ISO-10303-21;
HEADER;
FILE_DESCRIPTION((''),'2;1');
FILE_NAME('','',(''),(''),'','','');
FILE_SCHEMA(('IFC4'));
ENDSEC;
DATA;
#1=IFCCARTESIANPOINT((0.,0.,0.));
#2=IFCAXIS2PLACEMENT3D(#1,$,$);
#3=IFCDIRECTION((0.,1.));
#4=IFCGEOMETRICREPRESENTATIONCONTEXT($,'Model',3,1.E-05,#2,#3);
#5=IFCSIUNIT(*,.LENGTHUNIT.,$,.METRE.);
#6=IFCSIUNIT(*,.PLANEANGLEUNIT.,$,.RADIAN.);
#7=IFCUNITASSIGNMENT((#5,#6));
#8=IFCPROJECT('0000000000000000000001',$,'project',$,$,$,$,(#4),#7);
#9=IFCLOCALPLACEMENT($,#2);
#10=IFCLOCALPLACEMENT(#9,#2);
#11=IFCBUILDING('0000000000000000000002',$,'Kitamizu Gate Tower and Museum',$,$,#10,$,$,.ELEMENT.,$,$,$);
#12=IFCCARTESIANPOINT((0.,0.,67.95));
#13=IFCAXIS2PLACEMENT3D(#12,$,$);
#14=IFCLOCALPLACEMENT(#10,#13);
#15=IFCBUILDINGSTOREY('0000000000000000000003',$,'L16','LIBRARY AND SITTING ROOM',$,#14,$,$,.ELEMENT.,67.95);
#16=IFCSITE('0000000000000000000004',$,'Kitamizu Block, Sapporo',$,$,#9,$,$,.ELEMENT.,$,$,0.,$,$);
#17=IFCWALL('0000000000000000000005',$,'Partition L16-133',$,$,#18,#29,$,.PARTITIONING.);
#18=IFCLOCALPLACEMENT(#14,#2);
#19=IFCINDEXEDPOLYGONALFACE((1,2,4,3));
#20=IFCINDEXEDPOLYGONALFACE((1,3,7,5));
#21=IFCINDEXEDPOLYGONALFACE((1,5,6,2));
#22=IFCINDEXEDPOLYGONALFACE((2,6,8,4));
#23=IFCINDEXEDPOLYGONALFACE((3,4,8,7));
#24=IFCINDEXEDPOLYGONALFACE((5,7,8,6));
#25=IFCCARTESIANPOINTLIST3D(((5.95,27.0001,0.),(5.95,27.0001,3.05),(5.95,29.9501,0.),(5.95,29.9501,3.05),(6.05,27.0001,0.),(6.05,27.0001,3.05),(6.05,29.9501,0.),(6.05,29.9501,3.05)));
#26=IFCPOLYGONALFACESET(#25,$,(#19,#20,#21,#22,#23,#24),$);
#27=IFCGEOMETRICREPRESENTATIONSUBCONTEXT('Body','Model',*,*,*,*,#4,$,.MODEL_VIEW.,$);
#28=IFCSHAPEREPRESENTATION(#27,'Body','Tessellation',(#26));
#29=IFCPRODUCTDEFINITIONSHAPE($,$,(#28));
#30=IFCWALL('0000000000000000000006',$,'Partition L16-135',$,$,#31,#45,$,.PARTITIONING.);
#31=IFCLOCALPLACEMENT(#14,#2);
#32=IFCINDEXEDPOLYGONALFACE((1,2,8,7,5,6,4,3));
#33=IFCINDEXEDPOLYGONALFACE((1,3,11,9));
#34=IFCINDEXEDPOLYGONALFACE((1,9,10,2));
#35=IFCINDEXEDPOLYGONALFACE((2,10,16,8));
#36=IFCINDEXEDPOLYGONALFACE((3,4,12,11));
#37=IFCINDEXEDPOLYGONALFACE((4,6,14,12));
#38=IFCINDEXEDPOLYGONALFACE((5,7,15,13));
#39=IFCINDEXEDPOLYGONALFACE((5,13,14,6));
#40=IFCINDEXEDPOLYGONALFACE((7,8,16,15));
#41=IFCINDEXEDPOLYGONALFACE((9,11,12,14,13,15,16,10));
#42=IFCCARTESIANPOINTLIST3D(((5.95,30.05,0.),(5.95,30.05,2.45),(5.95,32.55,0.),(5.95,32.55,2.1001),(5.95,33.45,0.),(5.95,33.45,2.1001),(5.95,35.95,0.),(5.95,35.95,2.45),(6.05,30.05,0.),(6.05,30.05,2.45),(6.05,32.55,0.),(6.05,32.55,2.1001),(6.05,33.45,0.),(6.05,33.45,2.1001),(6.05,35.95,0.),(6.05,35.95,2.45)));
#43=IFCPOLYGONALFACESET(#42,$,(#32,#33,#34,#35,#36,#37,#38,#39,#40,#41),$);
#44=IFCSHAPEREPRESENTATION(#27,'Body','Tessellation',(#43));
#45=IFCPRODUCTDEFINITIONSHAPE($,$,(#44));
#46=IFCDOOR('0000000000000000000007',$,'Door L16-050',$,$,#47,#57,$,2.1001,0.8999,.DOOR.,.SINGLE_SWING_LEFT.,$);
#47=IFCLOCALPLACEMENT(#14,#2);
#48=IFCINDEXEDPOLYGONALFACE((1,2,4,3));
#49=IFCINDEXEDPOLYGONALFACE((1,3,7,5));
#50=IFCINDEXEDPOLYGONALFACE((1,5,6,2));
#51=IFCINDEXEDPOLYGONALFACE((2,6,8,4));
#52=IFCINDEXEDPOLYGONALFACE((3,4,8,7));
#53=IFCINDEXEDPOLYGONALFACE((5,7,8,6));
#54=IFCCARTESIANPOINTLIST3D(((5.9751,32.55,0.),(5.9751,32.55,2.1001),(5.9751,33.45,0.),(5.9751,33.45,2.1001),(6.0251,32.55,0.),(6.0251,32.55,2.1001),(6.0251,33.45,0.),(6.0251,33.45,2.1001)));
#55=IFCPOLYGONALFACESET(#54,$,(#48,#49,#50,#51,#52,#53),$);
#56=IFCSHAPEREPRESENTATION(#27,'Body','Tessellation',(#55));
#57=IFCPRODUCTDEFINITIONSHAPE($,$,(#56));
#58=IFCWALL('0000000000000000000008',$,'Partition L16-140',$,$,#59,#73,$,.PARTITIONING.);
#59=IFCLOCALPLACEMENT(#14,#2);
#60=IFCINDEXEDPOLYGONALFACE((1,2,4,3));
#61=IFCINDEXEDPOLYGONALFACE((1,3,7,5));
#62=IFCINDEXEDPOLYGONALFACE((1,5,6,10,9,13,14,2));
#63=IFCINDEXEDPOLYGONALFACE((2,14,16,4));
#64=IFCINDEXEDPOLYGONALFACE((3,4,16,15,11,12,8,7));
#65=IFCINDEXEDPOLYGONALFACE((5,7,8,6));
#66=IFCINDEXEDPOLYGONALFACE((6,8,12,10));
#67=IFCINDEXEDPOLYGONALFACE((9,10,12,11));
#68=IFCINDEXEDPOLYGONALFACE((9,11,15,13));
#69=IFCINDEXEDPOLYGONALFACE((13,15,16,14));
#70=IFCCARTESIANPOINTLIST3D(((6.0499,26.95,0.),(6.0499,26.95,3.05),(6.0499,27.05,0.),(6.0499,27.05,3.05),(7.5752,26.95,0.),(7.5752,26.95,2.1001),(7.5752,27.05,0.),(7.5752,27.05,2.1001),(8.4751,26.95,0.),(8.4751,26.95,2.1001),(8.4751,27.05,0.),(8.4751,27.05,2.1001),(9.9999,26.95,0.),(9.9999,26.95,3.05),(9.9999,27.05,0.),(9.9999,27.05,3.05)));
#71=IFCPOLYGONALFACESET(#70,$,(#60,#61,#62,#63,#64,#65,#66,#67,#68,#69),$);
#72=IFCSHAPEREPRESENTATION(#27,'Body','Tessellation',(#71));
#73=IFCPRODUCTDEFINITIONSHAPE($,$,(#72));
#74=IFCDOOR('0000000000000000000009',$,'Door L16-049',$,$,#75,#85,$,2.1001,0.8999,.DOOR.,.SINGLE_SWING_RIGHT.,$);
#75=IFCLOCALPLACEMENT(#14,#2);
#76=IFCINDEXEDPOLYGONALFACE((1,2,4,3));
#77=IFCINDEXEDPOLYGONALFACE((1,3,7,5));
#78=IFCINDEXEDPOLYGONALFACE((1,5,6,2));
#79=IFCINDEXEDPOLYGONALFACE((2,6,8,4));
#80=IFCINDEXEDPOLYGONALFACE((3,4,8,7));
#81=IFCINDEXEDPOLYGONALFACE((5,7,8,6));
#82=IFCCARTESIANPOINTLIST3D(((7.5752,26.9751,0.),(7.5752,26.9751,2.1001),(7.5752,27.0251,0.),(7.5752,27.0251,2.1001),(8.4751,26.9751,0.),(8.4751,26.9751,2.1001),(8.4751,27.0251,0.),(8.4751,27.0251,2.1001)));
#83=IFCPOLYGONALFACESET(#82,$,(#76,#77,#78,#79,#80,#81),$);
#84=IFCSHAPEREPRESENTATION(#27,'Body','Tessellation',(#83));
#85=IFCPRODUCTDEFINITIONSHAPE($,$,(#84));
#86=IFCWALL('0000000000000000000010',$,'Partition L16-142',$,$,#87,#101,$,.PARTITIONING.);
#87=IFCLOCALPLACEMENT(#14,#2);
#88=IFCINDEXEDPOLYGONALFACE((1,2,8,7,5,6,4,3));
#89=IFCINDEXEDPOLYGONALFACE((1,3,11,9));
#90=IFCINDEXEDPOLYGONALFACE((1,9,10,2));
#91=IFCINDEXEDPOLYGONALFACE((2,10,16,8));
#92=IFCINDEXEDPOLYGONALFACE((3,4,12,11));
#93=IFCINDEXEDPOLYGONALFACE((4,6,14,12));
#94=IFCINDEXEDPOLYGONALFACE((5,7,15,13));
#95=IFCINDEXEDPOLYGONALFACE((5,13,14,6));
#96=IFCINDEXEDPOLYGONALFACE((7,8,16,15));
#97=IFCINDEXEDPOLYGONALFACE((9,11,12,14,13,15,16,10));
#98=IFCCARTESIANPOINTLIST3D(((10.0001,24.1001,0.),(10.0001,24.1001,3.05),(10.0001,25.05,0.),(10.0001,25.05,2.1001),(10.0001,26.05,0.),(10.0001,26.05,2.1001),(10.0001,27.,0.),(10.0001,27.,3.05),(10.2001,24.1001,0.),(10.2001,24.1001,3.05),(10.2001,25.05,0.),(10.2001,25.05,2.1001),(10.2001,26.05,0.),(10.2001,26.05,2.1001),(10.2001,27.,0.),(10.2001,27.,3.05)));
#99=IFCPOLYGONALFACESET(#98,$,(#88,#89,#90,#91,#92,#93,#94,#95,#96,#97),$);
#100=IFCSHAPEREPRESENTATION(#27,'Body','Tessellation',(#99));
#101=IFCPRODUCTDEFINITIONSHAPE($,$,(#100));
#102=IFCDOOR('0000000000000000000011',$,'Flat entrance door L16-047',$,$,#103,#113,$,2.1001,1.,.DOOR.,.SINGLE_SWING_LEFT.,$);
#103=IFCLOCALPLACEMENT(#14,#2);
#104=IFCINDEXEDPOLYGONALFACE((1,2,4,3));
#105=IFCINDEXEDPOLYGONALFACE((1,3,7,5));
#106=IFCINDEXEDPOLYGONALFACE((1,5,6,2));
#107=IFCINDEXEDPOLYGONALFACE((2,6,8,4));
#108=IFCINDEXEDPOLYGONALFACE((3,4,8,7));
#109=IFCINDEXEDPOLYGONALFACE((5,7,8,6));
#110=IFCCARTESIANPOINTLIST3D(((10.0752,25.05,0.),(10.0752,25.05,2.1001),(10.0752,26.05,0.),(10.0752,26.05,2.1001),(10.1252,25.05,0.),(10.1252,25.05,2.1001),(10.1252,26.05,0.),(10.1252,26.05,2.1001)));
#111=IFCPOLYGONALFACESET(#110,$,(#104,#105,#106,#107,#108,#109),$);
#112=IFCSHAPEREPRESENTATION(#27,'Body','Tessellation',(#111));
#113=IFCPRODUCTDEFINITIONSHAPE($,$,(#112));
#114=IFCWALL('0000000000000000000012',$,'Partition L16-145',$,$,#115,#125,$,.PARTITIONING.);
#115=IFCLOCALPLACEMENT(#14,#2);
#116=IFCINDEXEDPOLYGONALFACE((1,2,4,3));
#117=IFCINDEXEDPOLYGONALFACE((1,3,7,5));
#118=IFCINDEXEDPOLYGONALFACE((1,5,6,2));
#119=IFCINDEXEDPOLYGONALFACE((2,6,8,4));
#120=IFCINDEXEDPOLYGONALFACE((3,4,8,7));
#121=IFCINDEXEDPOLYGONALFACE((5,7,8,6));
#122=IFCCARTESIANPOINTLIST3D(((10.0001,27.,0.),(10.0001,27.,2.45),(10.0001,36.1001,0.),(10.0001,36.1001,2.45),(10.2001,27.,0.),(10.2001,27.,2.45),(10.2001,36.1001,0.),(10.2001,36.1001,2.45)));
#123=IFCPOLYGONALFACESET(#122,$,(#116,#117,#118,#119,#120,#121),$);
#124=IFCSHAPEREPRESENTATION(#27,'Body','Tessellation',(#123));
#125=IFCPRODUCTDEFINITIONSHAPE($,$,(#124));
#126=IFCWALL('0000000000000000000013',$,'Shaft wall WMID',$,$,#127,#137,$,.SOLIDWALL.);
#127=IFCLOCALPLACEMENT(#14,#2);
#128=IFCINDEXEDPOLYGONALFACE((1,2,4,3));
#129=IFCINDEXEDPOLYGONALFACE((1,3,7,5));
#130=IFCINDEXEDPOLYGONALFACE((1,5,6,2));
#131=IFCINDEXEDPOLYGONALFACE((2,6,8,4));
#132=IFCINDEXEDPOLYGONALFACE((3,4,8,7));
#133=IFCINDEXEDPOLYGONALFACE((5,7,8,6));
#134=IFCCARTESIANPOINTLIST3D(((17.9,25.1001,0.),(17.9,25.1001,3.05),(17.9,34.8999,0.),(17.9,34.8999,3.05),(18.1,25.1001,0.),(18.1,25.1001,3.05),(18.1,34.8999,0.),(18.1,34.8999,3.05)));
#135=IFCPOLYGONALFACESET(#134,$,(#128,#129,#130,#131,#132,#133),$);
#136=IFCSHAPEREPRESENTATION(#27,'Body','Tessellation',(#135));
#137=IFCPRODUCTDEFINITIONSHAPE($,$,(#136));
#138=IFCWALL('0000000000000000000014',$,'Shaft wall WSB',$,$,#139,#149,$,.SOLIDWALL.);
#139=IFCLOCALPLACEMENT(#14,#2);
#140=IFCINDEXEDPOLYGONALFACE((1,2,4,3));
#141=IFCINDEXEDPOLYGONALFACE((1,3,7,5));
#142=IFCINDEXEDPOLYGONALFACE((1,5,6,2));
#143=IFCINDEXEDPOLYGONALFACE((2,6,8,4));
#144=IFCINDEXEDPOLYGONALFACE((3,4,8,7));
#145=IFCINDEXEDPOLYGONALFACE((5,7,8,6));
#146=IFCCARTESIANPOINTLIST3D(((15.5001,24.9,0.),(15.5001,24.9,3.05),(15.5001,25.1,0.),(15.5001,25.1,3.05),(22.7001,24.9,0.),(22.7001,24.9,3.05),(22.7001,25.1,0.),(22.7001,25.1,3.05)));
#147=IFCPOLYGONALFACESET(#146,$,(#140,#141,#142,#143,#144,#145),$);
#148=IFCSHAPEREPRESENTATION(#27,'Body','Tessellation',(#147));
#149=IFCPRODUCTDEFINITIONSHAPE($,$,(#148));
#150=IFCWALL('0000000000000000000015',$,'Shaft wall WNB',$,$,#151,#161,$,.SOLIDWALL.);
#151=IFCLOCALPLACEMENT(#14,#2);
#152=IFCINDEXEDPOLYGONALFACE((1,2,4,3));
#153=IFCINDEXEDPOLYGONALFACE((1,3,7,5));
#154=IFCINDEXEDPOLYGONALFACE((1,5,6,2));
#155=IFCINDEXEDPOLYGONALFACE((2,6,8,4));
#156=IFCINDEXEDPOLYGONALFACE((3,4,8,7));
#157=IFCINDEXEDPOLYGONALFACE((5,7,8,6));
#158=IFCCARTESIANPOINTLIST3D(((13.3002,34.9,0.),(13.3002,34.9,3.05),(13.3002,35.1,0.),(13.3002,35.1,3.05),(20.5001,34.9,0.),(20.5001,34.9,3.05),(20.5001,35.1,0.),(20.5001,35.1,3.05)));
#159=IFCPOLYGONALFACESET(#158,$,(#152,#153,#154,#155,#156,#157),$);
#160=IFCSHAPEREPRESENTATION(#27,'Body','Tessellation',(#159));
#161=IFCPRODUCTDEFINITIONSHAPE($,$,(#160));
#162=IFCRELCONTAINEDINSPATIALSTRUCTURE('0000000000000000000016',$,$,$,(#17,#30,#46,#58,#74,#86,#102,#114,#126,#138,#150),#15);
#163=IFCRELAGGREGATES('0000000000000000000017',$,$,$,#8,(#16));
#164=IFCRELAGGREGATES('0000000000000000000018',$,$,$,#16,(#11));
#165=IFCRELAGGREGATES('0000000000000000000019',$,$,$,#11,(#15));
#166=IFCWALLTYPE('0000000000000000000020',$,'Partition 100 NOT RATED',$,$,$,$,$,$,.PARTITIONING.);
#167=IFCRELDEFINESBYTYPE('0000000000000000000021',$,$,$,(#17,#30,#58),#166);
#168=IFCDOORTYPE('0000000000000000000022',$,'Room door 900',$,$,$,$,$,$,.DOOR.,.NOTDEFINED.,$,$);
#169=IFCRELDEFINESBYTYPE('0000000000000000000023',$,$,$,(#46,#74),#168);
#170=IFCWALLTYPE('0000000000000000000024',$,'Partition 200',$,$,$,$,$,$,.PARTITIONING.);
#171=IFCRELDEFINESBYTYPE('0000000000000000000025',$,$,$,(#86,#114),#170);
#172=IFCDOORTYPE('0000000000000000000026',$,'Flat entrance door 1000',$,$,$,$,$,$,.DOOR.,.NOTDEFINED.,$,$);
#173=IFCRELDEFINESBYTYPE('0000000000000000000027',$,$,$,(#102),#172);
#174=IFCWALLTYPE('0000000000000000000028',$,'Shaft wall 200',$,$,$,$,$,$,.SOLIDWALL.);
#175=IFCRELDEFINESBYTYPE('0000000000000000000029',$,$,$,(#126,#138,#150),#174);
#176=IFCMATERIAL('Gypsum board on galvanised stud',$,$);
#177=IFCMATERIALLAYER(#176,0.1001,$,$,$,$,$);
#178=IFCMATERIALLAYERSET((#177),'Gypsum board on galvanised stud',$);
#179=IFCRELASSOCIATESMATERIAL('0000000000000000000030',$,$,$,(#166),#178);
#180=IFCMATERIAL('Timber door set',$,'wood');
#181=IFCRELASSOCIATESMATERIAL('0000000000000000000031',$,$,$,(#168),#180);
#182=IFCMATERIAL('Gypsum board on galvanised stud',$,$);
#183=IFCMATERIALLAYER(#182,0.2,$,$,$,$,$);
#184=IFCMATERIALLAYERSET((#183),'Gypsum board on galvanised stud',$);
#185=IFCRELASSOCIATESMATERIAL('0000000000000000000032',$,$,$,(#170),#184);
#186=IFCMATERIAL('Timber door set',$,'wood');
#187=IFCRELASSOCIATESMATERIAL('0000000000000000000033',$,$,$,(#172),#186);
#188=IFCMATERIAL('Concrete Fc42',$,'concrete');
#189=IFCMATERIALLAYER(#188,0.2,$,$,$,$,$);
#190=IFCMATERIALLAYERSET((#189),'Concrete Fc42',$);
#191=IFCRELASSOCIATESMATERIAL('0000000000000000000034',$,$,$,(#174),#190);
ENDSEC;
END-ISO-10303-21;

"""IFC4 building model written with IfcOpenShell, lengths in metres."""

from ifc_helpers import new_model, si_unit, direction, frame, frame_2d, origin, place, context, subcontext, project, spatial, rectangle, extrude, material, layer, layer_set, type_object, element, fill, save


model = new_model("IFC4")

# Units and contexts
model_context = context("Model", 3, precision=1e-05, world=origin(), true_north=direction((0.0, 1.0)))
body_context = subcontext(model_context, "Body", "Model", "MODEL_VIEW")
ifc_project = project(units=[si_unit("LENGTHUNIT", "METRE"), si_unit("PLANEANGLEUNIT", "RADIAN")], contexts=[model_context])

# Site, building, storey
site_placement = place(None, origin())
site = spatial("IfcSite", under=ifc_project, at=site_placement, Name="Kitamizu Block, Sapporo", CompositionType="ELEMENT", RefElevation=0.0)
building_placement = place(site_placement, origin())
building = spatial("IfcBuilding", under=site, at=building_placement, Name="Kitamizu Gate Tower and Museum", CompositionType="ELEMENT")
storey_placement = place(building_placement, frame((0.0, 0.0, 67.95)))
storey = spatial("IfcBuildingStorey", under=building, at=storey_placement, Name="L16", Description="LIBRARY AND SITTING ROOM", CompositionType="ELEMENT", Elevation=67.95)

# Wall
ifc_material_1 = material(Name="Gypsum board on galvanised stud")
ifc_layer_1 = layer(ifc_material_1, 0.1001)
ifc_layer_set_1 = layer_set([ifc_layer_1], Name="Gypsum board on galvanised stud")
wall_type_1 = type_object("IfcWallType", Name="Partition 100 NOT RATED", PredefinedType="PARTITIONING", material=ifc_layer_set_1)
wall_1_placement = place(storey_placement, frame((6.0, 27.0, 0.0), z_axis=(0.0, 0.0, 1.0), x_axis=(0.0, 1.0, 0.0)))
element("IfcWall", 1, at=wall_1_placement, inside=storey, type_object=wall_type_1, Name="Partition L16-133", PredefinedType="PARTITIONING", context=body_context, shape_type="SweptSolid", body=[
    extrude(rectangle(XDim=2.95, YDim=0.1001, at=frame_2d((1.4751, 0.0))), origin(), (0.0, 0.0, 1.0), 3.05),
])

# Walls, openings, doors
wall_2_placement = place(storey_placement, frame((6.0, 30.05, 0.0), z_axis=(0.0, 0.0, 1.0), x_axis=(0.0, 1.0, 0.0)))
wall_2 = element("IfcWall", 2, at=wall_2_placement, inside=storey, type_object=wall_type_1, Name="Partition L16-135", PredefinedType="PARTITIONING", context=body_context, shape_type="SweptSolid", body=[
    extrude(rectangle(XDim=5.8999, YDim=0.1001, at=frame_2d((2.95, 0.0))), origin(), (0.0, 0.0, 1.0), 2.45),
])
opening_1_placement = place(wall_2_placement, frame((2.5, 0.0, 0.0)))
opening_1 = element("IfcOpeningElement", 3, at=opening_1_placement, cuts=wall_2, PredefinedType="OPENING", context=body_context, shape_type="SweptSolid", body=[
    extrude(rectangle(XDim=0.8999, YDim=2.1001, at=frame_2d((0.45, 1.05))), frame((0.0, 0.0601, 0.0), z_axis=(0.0, -1.0, 0.0), x_axis=(1.0, 0.0, 0.0)), (0.0, 0.0, 1.0), 0.1201),
])
ifc_material_2 = material(Name="Timber door set", Category="wood")
door_type_1 = type_object("IfcDoorType", Name="Room door 900", OperationType="NOTDEFINED", PredefinedType="DOOR", material=ifc_material_2)
door_1_placement = place(opening_1_placement, origin())
door_1 = element("IfcDoor", 4, at=door_1_placement, inside=storey, type_object=door_type_1, Name="Door L16-050", OperationType="SINGLE_SWING_LEFT", OverallHeight=2.1001, OverallWidth=0.8999, PredefinedType="DOOR", context=body_context, shape_type="SweptSolid", body=[
    extrude(rectangle(XDim=0.8999, YDim=2.1001, at=frame_2d((0.45, 1.05))), frame((0.0, 0.0249, 0.0), z_axis=(0.0, -1.0, 0.0), x_axis=(1.0, 0.0, 0.0)), (0.0, 0.0, 1.0), 0.05),
])
fill(opening_1, door_1)
wall_3_placement = place(storey_placement, frame((10.0, 27.0, 0.0), z_axis=(0.0, 0.0, 1.0), x_axis=(-1.0, 0.0, 0.0)))
wall_3 = element("IfcWall", 5, at=wall_3_placement, inside=storey, type_object=wall_type_1, Name="Partition L16-140", PredefinedType="PARTITIONING", context=body_context, shape_type="SweptSolid", body=[
    extrude(rectangle(XDim=3.95, YDim=0.1001, at=frame_2d((1.9751, 0.0))), origin(), (0.0, 0.0, 1.0), 3.05),
])
opening_2_placement = place(wall_3_placement, frame((1.5249, 0.0, 0.0)))
opening_2 = element("IfcOpeningElement", 6, at=opening_2_placement, cuts=wall_3, PredefinedType="OPENING", context=body_context, shape_type="SweptSolid", body=[
    extrude(rectangle(XDim=0.8999, YDim=2.1001, at=frame_2d((0.45, 1.05))), frame((0.0, 0.0601, 0.0), z_axis=(0.0, -1.0, 0.0), x_axis=(1.0, 0.0, 0.0)), (0.0, 0.0, 1.0), 0.1201),
])
door_2_placement = place(opening_2_placement, origin())
door_2 = element("IfcDoor", 7, at=door_2_placement, inside=storey, type_object=door_type_1, Name="Door L16-049", OperationType="SINGLE_SWING_RIGHT", OverallHeight=2.1001, OverallWidth=0.8999, PredefinedType="DOOR", context=body_context, shape_type="SweptSolid", body=[
    extrude(rectangle(XDim=0.8999, YDim=2.1001, at=frame_2d((0.45, 1.05))), frame((0.0, 0.0249, 0.0), z_axis=(0.0, -1.0, 0.0), x_axis=(1.0, 0.0, 0.0)), (0.0, 0.0, 1.0), 0.05),
])
fill(opening_2, door_2)
ifc_material_3 = material(Name="Gypsum board on galvanised stud")
ifc_layer_2 = layer(ifc_material_3, 0.2)
ifc_layer_set_2 = layer_set([ifc_layer_2], Name="Gypsum board on galvanised stud")
wall_type_2 = type_object("IfcWallType", Name="Partition 200", PredefinedType="PARTITIONING", material=ifc_layer_set_2)
wall_4_placement = place(storey_placement, frame((10.1001, 24.1001, 0.0), z_axis=(0.0, 0.0, 1.0), x_axis=(0.0, 1.0, 0.0)))
wall_4 = element("IfcWall", 8, at=wall_4_placement, inside=storey, type_object=wall_type_2, Name="Partition L16-142", PredefinedType="PARTITIONING", context=body_context, shape_type="SweptSolid", body=[
    extrude(rectangle(XDim=2.8999, YDim=0.2, at=frame_2d((1.45, 0.0))), origin(), (0.0, 0.0, 1.0), 3.05),
])
opening_3_placement = place(wall_4_placement, frame((0.95, 0.0, 0.0)))
opening_3 = element("IfcOpeningElement", 9, at=opening_3_placement, cuts=wall_4, PredefinedType="OPENING", context=body_context, shape_type="SweptSolid", body=[
    extrude(rectangle(XDim=1.0, YDim=2.1001, at=frame_2d((0.5, 1.05))), frame((0.0, 0.1099, 0.0), z_axis=(0.0, -1.0, 0.0), x_axis=(1.0, 0.0, 0.0)), (0.0, 0.0, 1.0), 0.22),
])
ifc_material_4 = material(Name="Timber door set", Category="wood")
door_type_2 = type_object("IfcDoorType", Name="Flat entrance door 1000", OperationType="NOTDEFINED", PredefinedType="DOOR", material=ifc_material_4)
door_3_placement = place(opening_3_placement, origin())
door_3 = element("IfcDoor", 10, at=door_3_placement, inside=storey, type_object=door_type_2, Name="Flat entrance door L16-047", OperationType="SINGLE_SWING_LEFT", OverallHeight=2.1001, OverallWidth=1.0, PredefinedType="DOOR", context=body_context, shape_type="SweptSolid", body=[
    extrude(rectangle(XDim=1.0, YDim=2.1001, at=frame_2d((0.5, 1.05))), frame((0.0, 0.0249, 0.0), z_axis=(0.0, -1.0, 0.0), x_axis=(1.0, 0.0, 0.0)), (0.0, 0.0, 1.0), 0.05),
])
fill(opening_3, door_3)

# Walls
wall_5_placement = place(storey_placement, frame((10.1001, 27.0, 0.0), z_axis=(0.0, 0.0, 1.0), x_axis=(0.0, 1.0, 0.0)))
element("IfcWall", 11, at=wall_5_placement, inside=storey, type_object=wall_type_2, Name="Partition L16-145", PredefinedType="PARTITIONING", context=body_context, shape_type="SweptSolid", body=[
    extrude(rectangle(XDim=9.1001, YDim=0.2, at=frame_2d((4.55, 0.0))), origin(), (0.0, 0.0, 1.0), 2.45),
])
ifc_material_5 = material(Name="Concrete Fc42", Category="concrete")
ifc_layer_3 = layer(ifc_material_5, 0.2)
ifc_layer_set_3 = layer_set([ifc_layer_3], Name="Concrete Fc42")
wall_type_3 = type_object("IfcWallType", Name="Shaft wall 200", PredefinedType="SOLIDWALL", material=ifc_layer_set_3)
wall_6_placement = place(storey_placement, frame((18.0, 25.1001, 0.0), z_axis=(0.0, 0.0, 1.0), x_axis=(0.0, 1.0, 0.0)))
element("IfcWall", 12, at=wall_6_placement, inside=storey, type_object=wall_type_3, Name="Shaft wall WMID", PredefinedType="SOLIDWALL", context=body_context, shape_type="SweptSolid", body=[
    extrude(rectangle(XDim=9.7998, YDim=0.2, at=frame_2d((4.8999, 0.0))), origin(), (0.0, 0.0, 1.0), 3.05),
])
for number, where, z_axis, x_axis, name in (
    (13, (15.5, 25.0, 0.0), (0.0, 0.0, 1.0), (1.0, 0.0, 0.0), "Shaft wall WSB"),
    (14, (13.3, 35.0, 0.0), (0.0, 0.0, 1.0), (1.0, 0.0, 0.0), "Shaft wall WNB"),
):
    element("IfcWall", number, at=place(storey_placement, frame(where, z_axis=z_axis, x_axis=x_axis)), inside=storey, type_object=wall_type_3, Name=name, PredefinedType="SOLIDWALL", context=body_context, shape_type="SweptSolid", body=[
        extrude(rectangle(XDim=7.2, YDim=0.2, at=frame_2d((3.6001, 0.0))), origin(), (0.0, 0.0, 1.0), 3.05),
    ])

save(model, "model.ifc")
